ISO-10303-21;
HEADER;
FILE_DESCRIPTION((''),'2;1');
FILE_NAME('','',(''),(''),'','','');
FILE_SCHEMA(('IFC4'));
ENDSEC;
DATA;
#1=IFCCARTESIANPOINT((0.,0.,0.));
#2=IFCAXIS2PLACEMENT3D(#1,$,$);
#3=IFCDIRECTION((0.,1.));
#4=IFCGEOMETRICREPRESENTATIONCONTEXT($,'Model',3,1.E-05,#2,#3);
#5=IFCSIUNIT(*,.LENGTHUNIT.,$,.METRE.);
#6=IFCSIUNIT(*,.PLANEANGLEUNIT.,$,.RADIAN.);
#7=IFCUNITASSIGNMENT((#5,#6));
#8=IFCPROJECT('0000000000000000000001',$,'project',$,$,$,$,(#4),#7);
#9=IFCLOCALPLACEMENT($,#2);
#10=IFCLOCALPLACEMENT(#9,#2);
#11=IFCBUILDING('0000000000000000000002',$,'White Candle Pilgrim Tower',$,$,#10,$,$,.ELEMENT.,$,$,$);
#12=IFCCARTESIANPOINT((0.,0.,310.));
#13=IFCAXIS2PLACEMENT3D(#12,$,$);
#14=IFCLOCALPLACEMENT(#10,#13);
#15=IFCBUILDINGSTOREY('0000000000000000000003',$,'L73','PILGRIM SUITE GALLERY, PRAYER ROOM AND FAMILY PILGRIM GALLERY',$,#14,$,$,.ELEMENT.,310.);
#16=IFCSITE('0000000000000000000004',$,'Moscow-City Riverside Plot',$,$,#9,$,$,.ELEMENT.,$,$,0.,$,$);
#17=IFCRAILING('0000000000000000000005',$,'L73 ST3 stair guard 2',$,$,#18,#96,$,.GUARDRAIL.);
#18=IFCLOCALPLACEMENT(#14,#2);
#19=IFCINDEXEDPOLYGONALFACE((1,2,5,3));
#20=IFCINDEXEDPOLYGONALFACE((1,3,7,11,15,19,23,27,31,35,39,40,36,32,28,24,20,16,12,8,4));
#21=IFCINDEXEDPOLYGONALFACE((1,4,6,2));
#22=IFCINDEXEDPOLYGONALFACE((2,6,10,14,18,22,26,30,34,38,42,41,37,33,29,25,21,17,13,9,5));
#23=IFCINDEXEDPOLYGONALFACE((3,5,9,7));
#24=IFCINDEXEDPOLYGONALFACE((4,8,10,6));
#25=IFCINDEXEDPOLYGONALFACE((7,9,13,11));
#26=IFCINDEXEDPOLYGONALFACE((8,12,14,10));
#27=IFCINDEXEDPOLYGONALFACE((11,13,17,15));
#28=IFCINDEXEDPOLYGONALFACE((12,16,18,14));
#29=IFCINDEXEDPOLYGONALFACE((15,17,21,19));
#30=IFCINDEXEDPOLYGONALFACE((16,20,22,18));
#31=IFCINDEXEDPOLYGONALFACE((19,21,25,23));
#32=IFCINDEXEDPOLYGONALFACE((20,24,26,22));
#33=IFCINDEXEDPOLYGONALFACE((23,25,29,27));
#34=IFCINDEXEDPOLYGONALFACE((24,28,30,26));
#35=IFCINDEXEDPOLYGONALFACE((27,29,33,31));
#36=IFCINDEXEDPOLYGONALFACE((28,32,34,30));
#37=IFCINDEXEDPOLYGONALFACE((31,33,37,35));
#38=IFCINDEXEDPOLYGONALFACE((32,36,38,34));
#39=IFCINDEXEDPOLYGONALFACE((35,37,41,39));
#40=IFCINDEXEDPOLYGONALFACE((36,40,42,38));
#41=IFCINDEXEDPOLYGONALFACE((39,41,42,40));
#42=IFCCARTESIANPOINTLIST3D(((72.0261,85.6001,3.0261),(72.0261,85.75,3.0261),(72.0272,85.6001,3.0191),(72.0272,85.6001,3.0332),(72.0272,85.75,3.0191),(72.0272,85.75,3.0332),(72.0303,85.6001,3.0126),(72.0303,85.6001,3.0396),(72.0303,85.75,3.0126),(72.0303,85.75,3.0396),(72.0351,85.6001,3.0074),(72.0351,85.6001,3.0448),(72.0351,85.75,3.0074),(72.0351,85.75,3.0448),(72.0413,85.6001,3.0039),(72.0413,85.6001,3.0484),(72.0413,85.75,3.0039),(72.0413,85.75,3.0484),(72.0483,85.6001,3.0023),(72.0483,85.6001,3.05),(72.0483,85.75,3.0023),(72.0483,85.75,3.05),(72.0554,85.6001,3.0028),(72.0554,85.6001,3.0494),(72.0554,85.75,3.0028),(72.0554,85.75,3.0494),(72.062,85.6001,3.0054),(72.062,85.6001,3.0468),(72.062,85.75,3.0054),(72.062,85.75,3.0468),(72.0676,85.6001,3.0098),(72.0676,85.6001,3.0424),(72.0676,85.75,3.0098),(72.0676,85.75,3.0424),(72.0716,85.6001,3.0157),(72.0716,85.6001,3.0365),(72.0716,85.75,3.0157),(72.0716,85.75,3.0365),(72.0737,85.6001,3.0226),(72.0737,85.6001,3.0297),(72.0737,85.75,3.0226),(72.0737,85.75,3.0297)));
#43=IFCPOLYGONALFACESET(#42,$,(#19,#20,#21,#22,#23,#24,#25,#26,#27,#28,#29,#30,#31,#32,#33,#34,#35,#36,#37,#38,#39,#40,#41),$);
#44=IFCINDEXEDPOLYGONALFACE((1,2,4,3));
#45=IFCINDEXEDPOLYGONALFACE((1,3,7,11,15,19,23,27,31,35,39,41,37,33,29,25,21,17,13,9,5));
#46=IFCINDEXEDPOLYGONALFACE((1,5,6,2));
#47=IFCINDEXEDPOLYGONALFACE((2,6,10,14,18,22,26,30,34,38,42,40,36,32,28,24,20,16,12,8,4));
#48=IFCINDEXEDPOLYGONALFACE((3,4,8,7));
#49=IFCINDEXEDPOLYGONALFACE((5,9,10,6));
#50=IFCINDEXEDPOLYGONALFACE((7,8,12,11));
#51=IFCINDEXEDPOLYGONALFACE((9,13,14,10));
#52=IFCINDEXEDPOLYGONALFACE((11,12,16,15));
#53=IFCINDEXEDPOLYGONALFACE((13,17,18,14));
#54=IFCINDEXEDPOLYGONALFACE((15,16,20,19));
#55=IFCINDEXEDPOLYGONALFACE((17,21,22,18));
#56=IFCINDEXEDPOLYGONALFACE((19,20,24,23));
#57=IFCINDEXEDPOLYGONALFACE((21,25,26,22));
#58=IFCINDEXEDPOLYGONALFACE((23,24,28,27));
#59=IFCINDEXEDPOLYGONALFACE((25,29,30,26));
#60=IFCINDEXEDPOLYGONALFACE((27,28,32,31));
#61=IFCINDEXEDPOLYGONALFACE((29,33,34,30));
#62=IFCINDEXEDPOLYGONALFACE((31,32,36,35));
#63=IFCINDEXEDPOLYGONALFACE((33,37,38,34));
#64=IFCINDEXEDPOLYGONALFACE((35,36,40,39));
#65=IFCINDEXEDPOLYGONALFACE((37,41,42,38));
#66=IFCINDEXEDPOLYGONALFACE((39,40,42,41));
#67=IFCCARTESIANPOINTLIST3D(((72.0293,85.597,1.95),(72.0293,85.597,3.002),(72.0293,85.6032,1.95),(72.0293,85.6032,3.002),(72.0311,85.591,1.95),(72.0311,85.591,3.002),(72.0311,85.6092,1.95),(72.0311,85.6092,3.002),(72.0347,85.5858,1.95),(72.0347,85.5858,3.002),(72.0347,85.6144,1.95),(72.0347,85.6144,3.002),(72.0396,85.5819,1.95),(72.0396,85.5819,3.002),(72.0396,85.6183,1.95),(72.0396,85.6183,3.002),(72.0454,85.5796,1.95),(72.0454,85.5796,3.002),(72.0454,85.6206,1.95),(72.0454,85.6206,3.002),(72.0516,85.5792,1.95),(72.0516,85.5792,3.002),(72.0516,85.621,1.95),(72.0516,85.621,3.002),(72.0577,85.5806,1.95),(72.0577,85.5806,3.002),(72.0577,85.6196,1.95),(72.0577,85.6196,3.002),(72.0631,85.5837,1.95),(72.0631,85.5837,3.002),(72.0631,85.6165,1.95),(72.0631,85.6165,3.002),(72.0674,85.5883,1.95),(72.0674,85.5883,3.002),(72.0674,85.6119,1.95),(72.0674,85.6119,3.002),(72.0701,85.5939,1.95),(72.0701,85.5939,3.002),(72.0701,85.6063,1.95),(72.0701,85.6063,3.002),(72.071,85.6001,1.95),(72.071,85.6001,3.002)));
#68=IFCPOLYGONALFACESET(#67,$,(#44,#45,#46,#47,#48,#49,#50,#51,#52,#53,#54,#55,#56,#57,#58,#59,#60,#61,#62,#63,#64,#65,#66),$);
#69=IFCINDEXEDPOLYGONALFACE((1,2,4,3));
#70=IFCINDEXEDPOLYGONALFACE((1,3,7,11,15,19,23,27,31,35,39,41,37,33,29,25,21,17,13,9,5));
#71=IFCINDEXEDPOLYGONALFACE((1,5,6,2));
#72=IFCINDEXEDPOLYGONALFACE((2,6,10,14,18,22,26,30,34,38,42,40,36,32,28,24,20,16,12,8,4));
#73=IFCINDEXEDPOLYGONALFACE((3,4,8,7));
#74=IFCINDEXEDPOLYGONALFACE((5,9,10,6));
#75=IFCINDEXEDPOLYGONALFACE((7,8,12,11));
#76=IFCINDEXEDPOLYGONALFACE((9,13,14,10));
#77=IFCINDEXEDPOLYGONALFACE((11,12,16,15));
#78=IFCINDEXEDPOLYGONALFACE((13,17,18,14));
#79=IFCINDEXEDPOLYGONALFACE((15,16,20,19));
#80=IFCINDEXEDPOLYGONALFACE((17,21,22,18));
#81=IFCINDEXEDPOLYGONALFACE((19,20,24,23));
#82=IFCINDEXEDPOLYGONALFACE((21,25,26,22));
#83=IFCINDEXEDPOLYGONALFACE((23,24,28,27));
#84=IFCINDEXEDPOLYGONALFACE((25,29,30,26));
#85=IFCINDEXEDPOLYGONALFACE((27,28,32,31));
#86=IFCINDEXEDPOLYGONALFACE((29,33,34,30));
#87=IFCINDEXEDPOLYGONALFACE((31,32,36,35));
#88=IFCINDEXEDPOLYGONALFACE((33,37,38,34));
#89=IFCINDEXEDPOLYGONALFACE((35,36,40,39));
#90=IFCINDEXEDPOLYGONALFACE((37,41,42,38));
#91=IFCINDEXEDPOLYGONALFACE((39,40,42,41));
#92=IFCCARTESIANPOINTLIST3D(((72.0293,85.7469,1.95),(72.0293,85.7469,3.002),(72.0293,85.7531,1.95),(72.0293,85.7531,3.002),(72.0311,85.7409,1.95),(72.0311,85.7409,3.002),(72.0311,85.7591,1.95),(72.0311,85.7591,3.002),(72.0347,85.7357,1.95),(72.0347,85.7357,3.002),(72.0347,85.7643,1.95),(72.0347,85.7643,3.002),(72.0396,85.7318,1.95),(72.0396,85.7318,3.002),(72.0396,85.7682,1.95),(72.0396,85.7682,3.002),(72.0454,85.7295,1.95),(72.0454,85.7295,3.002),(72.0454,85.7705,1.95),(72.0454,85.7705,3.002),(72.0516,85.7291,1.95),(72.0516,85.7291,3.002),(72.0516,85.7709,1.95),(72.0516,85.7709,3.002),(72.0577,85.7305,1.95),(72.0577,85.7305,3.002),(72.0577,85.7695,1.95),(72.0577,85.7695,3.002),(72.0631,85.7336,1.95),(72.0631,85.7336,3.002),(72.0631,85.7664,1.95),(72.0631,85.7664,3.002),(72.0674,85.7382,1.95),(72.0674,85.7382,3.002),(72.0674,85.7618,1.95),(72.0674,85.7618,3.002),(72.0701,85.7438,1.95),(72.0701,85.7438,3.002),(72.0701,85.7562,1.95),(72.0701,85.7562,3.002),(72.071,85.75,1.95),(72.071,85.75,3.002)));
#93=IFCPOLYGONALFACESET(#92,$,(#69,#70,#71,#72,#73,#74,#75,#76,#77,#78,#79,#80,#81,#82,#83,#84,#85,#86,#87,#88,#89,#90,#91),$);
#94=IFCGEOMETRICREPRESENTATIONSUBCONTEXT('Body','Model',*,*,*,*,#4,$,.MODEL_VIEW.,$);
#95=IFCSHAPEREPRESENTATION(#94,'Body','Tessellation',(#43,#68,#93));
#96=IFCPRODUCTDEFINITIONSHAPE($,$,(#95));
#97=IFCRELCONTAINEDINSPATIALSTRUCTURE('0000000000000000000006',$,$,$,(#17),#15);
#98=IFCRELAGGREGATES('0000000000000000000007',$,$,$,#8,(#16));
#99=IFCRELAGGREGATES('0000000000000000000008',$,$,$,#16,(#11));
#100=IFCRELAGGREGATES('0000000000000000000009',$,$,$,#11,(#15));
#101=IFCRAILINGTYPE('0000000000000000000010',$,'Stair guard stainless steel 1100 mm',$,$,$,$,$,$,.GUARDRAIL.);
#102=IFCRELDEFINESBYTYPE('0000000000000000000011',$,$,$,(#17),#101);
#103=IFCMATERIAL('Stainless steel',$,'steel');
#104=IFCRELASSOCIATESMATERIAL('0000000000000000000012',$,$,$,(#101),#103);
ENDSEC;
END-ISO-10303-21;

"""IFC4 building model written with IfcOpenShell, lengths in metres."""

from ifc_helpers import new_model, si_unit, direction, frame, origin, origin_2d, place, context, subcontext, project, spatial, circle, extrude, material, type_object, element, save


model = new_model("IFC4")

# Units and contexts
model_context = context("Model", 3, precision=1e-05, world=origin(), true_north=direction((0.0, 1.0)))
body_context = subcontext(model_context, "Body", "Model", "MODEL_VIEW")
ifc_project = project(units=[si_unit("LENGTHUNIT", "METRE"), si_unit("PLANEANGLEUNIT", "RADIAN")], contexts=[model_context])

# Site, building, storey
site_placement = place(None, origin())
site = spatial("IfcSite", under=ifc_project, at=site_placement, Name="Moscow-City Riverside Plot", CompositionType="ELEMENT", RefElevation=0.0)
building_placement = place(site_placement, origin())
building = spatial("IfcBuilding", under=site, at=building_placement, Name="White Candle Pilgrim Tower", CompositionType="ELEMENT")
storey_placement = place(building_placement, frame((0.0, 0.0, 310.0)))
storey = spatial("IfcBuildingStorey", under=building, at=storey_placement, Name="L73", Description="PILGRIM SUITE GALLERY, PRAYER ROOM AND FAMILY PILGRIM GALLERY", CompositionType="ELEMENT", Elevation=310.0)

# Railing
ifc_material_1 = material(Name="Stainless steel", Category="steel")
railing_type_1 = type_object("IfcRailingType", Name="Stair guard stainless steel 1100 mm", PredefinedType="GUARDRAIL", material=ifc_material_1)
railing_1_placement = place(storey_placement, frame((72.05, 85.6001, 1.95)))
element("IfcRailing", 1, at=railing_1_placement, inside=storey, type_object=railing_type_1, Name="L73 ST3 stair guard 2", PredefinedType="GUARDRAIL", context=body_context, shape_type="SweptSolid", body=[
    extrude(circle(Radius=0.0239, at=origin_2d()), frame((0.0, 0.0, 1.0762), z_axis=(0.0, 1.0, 0.0), x_axis=(-1.0, 0.0, 0.0)), (0.0, 0.0, 1.0), 0.1499),
    extrude(circle(Radius=0.021, at=origin_2d()), origin(), (0.0, 0.0, 1.0), 1.052),
    extrude(circle(Radius=0.021, at=origin_2d()), frame((0.0, 0.1499, 0.0)), (0.0, 0.0, 1.0), 1.052),
])

save(model, "model.ifc")
